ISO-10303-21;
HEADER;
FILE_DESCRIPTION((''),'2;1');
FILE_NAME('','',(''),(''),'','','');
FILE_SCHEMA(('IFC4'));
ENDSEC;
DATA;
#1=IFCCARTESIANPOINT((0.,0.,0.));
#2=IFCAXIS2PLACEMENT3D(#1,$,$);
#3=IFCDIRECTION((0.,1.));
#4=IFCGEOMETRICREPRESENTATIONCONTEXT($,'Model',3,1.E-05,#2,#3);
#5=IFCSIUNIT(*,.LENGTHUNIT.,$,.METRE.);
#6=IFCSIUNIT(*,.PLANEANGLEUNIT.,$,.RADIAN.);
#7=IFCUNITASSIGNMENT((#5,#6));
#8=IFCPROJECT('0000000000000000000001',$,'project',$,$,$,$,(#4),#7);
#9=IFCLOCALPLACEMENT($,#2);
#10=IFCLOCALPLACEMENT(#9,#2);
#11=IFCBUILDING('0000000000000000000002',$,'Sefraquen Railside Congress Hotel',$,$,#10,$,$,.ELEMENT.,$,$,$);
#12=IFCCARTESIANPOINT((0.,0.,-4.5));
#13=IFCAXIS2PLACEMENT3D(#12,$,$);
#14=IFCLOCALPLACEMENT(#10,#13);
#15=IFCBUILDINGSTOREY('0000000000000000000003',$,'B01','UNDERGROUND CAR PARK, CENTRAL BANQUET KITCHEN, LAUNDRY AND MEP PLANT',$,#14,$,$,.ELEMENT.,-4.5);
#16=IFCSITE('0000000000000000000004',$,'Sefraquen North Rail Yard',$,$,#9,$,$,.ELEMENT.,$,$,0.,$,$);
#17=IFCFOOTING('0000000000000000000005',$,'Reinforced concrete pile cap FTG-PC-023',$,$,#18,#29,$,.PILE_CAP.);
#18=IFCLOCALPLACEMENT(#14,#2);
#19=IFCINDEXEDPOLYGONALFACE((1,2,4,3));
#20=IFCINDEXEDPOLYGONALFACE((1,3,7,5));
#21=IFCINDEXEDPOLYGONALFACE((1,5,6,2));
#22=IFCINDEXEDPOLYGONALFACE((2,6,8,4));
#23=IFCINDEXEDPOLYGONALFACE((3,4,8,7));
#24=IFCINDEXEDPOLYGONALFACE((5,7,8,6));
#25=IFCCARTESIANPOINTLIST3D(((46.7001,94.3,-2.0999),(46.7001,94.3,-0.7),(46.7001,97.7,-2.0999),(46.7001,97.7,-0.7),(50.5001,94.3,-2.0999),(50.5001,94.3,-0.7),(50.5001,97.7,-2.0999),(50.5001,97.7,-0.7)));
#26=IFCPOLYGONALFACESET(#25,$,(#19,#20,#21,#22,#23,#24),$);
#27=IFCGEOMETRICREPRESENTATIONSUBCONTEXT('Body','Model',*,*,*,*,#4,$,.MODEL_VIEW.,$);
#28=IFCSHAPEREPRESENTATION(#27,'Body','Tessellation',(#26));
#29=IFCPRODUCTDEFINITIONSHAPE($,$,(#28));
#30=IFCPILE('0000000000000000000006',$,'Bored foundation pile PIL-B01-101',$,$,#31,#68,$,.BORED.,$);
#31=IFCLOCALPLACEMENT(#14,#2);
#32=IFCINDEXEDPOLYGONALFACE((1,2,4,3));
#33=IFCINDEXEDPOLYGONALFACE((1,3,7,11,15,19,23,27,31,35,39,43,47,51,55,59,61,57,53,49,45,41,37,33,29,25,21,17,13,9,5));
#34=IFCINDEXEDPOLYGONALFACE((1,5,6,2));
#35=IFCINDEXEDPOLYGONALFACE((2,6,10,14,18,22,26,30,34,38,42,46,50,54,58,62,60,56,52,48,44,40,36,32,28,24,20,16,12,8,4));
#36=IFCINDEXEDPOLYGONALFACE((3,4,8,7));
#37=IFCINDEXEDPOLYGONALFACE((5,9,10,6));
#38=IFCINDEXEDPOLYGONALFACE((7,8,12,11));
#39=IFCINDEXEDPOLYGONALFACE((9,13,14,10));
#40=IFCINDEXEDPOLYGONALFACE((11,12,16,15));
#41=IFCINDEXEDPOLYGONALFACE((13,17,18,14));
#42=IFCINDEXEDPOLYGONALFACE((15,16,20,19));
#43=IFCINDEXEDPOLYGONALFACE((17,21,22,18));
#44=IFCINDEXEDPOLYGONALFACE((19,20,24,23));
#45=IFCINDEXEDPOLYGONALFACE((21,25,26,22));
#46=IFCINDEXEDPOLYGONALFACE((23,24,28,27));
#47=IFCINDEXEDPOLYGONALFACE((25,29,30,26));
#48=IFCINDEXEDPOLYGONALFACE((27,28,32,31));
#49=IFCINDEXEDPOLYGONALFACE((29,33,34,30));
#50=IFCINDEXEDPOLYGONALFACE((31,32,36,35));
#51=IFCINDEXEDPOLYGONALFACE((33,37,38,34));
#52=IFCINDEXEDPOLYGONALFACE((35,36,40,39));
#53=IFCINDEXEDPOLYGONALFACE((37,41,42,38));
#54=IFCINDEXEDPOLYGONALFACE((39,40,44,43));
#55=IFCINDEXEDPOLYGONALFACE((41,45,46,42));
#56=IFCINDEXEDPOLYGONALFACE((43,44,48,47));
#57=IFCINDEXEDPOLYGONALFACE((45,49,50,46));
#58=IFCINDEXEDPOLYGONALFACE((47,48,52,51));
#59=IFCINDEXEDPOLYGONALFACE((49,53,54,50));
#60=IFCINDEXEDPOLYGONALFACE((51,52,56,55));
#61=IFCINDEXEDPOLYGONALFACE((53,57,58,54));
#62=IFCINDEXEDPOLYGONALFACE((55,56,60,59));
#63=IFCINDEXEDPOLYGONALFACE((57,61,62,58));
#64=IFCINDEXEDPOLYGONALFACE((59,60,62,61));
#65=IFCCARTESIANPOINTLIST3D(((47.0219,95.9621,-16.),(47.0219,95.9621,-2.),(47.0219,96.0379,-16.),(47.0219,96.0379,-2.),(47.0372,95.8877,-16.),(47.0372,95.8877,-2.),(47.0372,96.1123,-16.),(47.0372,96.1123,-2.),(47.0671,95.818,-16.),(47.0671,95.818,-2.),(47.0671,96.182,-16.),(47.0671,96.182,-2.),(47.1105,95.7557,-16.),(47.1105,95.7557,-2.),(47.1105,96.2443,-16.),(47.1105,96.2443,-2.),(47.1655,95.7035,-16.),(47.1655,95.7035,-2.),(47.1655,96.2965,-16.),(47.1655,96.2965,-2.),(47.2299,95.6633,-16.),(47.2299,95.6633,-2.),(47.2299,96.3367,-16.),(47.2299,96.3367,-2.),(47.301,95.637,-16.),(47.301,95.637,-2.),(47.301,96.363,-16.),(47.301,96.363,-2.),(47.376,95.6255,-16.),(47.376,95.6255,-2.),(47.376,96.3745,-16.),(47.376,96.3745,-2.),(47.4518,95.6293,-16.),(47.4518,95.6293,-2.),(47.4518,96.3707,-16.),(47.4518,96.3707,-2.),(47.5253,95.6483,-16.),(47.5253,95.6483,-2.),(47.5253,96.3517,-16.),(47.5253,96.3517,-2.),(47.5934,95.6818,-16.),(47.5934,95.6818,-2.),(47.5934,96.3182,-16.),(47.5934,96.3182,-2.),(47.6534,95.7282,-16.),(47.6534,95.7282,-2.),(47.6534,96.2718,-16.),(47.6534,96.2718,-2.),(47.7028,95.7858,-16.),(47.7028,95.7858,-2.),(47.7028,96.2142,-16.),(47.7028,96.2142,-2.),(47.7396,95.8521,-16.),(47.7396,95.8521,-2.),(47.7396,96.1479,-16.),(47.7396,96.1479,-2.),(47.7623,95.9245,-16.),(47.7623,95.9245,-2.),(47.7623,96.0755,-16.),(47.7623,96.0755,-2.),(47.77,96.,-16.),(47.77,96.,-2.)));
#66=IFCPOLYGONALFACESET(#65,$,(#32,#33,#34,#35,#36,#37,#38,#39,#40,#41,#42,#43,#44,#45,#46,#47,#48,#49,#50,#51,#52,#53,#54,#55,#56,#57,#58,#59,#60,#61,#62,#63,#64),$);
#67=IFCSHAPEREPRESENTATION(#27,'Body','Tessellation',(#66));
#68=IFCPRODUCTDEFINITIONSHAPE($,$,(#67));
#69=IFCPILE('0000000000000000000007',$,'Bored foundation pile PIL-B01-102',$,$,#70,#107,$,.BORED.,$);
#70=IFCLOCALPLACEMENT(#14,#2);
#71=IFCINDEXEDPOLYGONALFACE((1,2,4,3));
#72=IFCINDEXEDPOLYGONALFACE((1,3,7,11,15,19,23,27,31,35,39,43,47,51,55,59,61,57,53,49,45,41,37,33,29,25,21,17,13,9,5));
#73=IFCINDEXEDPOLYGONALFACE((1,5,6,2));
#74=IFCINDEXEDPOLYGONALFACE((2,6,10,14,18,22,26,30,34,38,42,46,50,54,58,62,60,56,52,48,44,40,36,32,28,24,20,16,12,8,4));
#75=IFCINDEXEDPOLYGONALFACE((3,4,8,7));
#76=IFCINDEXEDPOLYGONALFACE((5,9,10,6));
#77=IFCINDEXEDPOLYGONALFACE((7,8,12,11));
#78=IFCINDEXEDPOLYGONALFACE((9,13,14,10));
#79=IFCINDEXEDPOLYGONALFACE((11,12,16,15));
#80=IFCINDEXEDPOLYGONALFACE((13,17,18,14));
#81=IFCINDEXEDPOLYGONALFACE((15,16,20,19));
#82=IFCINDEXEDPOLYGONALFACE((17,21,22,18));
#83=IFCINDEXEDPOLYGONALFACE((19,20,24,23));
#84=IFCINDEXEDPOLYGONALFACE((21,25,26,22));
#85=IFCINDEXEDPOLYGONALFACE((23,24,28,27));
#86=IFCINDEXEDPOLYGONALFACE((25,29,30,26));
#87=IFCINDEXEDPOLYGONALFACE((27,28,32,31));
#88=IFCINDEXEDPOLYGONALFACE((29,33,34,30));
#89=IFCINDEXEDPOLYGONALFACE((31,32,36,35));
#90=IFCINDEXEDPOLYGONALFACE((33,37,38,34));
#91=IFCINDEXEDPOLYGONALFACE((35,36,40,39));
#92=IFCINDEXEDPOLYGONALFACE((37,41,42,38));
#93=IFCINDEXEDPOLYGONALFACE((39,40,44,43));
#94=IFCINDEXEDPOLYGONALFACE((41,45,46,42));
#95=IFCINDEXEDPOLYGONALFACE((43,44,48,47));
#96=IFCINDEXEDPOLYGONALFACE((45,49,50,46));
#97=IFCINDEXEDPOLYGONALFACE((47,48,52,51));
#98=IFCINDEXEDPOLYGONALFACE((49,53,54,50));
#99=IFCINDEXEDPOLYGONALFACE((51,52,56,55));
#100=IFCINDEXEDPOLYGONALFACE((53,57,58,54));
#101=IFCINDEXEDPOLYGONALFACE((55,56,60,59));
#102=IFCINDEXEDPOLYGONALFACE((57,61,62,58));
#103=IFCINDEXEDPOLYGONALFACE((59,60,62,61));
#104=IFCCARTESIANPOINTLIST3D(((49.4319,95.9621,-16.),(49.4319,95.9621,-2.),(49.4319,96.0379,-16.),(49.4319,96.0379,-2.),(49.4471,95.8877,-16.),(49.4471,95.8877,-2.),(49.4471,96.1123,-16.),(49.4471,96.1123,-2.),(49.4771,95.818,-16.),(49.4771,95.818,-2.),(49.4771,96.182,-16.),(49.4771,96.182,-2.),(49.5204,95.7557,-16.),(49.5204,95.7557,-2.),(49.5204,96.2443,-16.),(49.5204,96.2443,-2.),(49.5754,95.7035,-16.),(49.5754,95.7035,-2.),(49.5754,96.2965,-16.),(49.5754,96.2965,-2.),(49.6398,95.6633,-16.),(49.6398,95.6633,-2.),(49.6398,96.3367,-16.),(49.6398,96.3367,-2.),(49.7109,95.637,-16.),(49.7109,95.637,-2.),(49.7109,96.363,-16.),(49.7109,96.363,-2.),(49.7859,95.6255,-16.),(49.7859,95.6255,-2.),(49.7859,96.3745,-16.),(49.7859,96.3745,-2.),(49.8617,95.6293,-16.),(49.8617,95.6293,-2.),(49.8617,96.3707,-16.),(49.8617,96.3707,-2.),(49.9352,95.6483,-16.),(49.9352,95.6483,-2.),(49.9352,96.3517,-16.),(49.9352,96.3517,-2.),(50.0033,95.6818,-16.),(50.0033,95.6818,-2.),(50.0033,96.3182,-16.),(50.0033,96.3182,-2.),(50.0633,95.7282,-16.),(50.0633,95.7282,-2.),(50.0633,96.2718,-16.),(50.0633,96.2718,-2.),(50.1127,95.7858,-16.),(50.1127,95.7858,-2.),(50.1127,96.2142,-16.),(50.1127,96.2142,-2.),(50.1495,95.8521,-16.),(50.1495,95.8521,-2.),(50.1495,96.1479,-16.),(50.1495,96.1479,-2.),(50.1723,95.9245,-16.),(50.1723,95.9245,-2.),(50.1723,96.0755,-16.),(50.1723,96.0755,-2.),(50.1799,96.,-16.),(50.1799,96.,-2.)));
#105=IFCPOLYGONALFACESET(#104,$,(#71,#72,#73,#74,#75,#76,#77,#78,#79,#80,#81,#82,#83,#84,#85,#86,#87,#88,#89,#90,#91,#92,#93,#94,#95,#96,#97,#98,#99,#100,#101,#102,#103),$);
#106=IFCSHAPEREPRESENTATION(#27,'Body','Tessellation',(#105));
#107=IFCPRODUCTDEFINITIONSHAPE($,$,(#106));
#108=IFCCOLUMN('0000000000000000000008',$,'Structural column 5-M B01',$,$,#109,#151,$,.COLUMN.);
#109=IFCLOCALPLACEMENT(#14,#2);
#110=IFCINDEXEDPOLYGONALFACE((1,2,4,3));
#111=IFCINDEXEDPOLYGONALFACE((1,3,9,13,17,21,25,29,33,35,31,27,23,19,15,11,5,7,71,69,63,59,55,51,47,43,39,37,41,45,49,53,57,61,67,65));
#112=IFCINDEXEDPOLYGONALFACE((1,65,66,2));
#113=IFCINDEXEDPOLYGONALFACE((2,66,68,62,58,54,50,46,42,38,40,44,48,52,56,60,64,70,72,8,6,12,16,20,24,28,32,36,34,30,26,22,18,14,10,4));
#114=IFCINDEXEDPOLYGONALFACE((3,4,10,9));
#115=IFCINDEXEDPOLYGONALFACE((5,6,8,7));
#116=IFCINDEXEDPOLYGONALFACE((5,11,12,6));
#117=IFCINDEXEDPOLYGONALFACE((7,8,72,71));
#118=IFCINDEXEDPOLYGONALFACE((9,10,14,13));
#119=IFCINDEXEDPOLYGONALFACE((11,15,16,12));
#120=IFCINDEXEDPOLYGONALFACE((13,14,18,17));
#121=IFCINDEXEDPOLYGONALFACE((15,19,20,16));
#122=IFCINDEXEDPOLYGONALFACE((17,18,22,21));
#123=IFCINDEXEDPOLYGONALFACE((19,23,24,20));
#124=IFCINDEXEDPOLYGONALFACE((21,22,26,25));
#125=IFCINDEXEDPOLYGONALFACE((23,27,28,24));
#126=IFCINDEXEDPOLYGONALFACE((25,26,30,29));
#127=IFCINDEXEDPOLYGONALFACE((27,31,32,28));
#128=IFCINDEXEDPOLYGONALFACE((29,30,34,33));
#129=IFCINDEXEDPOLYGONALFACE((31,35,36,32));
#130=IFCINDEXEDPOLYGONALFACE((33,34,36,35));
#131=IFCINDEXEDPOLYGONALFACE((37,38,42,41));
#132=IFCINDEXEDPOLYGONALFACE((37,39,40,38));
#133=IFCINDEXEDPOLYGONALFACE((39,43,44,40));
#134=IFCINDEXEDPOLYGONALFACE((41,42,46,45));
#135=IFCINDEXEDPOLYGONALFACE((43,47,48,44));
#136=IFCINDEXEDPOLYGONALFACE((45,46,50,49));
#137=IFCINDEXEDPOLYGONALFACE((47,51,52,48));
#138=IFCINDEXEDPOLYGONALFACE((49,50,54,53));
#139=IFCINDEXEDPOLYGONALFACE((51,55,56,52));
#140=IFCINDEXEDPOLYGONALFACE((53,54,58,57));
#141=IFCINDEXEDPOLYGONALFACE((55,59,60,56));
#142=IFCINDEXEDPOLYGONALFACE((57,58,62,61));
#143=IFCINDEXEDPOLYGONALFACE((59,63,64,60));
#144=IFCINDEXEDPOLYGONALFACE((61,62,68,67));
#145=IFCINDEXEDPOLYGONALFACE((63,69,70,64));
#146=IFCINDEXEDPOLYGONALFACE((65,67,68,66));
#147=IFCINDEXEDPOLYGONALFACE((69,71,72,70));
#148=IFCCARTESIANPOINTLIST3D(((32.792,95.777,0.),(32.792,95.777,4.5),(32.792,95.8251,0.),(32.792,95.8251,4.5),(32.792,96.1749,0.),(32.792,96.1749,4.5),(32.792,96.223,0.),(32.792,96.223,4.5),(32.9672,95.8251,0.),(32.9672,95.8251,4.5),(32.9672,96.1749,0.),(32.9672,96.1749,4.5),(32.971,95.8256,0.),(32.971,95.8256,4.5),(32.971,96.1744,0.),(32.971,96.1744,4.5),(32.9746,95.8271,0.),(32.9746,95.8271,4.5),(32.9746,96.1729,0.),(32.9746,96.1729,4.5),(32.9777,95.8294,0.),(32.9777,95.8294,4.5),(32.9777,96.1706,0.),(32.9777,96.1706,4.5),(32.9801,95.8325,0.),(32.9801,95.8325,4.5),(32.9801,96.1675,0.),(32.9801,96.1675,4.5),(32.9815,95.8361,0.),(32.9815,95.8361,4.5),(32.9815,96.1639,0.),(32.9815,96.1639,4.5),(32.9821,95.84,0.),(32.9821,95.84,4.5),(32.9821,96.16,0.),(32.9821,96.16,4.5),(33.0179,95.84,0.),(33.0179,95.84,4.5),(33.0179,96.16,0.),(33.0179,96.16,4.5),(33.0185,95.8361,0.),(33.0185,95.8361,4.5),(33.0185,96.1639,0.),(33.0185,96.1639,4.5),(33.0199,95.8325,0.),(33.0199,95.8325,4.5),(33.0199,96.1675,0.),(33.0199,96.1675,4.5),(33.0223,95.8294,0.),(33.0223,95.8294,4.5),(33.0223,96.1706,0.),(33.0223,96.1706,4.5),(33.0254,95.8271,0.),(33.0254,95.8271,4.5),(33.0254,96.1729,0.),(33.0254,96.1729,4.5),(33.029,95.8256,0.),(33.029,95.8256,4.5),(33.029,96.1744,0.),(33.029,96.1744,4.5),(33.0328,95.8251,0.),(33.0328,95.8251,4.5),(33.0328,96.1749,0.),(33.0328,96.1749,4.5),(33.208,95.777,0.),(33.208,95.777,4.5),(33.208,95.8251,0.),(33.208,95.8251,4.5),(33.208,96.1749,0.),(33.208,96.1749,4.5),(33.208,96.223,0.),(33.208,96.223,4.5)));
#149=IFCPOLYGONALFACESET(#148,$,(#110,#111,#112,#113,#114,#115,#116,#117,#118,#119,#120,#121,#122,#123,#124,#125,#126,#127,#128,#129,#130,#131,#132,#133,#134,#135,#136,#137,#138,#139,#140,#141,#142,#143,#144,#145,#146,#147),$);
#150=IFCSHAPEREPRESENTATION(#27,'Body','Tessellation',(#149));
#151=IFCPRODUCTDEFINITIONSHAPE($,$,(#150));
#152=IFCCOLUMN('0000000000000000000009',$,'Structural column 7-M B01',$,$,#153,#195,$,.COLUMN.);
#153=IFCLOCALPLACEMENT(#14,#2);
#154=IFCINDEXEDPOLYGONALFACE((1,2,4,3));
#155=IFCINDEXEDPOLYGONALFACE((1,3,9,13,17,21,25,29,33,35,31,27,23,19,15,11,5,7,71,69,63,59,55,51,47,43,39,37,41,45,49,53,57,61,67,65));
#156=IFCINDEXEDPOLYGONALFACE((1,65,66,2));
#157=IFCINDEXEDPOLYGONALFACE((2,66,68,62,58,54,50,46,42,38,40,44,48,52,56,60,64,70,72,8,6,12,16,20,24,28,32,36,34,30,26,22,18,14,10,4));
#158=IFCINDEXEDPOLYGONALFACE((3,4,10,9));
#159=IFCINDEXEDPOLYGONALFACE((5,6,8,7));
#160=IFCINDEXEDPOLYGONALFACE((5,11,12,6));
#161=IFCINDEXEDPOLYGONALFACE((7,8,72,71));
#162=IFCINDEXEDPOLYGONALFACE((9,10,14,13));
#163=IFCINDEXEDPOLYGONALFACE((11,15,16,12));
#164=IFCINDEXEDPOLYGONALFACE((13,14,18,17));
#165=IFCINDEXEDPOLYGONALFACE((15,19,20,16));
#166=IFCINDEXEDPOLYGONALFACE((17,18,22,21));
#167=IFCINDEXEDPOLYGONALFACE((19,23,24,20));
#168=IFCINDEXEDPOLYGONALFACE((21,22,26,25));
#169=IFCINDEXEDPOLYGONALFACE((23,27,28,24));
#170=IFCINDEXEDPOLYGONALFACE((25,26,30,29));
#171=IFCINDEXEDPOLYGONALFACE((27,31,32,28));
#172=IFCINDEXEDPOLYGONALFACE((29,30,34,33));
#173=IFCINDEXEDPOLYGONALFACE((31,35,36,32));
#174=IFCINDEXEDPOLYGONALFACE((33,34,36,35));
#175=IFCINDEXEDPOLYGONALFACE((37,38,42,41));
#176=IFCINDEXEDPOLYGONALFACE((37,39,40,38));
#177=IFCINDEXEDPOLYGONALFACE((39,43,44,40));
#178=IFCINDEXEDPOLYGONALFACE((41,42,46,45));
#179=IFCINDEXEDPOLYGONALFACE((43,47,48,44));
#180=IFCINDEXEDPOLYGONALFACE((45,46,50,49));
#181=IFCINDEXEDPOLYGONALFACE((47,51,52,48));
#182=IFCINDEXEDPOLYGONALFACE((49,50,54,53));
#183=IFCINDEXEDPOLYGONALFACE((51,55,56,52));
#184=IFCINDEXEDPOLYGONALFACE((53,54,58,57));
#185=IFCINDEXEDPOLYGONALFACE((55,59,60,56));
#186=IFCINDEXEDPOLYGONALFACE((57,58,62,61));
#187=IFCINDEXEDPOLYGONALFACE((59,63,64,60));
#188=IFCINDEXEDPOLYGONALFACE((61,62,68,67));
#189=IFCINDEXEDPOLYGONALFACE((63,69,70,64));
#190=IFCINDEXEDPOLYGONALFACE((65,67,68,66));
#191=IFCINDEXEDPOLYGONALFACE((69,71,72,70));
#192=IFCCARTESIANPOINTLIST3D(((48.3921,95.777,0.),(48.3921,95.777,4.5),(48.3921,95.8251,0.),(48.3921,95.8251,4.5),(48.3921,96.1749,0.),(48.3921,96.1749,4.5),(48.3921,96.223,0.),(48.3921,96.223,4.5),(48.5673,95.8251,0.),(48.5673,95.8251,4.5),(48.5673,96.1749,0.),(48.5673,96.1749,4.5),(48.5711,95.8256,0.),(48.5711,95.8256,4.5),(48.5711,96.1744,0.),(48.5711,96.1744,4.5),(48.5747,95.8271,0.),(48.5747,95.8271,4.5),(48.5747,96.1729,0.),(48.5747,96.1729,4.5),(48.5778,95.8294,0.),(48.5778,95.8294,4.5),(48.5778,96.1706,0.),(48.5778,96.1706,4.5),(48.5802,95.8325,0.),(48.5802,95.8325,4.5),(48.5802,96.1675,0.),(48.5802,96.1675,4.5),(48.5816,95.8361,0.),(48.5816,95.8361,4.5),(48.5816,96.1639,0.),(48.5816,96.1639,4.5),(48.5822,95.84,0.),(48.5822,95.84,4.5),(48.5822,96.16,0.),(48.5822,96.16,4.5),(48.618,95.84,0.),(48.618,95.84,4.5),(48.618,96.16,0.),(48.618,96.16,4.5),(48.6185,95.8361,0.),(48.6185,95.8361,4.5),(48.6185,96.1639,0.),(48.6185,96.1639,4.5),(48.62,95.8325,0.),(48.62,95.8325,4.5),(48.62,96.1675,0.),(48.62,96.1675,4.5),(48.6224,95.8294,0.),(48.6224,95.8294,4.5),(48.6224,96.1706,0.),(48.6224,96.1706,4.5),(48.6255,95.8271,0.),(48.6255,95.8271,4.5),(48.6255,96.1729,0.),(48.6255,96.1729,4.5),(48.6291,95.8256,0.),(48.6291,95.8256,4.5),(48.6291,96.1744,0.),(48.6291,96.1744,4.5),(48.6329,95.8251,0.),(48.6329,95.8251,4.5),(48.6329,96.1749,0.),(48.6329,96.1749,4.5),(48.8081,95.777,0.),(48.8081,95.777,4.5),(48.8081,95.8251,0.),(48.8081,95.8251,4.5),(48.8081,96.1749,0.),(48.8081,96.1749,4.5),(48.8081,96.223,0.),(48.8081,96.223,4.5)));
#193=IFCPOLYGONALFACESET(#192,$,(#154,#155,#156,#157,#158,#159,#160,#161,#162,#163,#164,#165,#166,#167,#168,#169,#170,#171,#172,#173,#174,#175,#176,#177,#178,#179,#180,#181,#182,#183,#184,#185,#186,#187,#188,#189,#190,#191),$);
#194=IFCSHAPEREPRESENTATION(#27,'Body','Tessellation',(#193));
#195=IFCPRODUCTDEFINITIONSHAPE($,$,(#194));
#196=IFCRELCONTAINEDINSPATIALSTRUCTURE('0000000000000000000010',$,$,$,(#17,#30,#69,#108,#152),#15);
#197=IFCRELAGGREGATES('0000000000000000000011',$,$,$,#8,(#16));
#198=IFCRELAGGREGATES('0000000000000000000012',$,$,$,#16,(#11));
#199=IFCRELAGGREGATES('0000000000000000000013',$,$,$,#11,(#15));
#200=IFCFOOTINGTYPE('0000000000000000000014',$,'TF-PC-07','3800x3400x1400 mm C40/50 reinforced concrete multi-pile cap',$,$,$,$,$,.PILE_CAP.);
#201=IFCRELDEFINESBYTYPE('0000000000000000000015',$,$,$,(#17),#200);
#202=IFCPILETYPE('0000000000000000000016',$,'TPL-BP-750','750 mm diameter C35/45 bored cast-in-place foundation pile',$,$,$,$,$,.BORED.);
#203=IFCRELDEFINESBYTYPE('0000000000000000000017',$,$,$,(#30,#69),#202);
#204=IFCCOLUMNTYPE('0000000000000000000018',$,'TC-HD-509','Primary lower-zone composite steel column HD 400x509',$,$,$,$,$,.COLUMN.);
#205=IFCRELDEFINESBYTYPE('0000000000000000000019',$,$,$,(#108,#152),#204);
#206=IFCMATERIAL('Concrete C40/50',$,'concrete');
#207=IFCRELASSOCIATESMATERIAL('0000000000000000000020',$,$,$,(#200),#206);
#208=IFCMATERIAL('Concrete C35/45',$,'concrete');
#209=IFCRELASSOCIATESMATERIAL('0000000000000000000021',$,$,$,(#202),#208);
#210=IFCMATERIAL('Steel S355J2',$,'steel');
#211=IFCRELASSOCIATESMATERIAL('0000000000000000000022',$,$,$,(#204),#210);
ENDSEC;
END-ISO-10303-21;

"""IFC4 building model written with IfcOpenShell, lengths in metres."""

from ifc_helpers import new_model, si_unit, direction, frame, origin, origin_2d, place, context, subcontext, project, spatial, rectangle, circle, i_section, extrude, material, material_profile, profile_set, type_object, element, save


model = new_model("IFC4")

# Units and contexts
model_context = context("Model", 3, precision=1e-05, world=origin(), true_north=direction((0.0, 1.0)))
body_context = subcontext(model_context, "Body", "Model", "MODEL_VIEW")
ifc_project = project(units=[si_unit("LENGTHUNIT", "METRE"), si_unit("PLANEANGLEUNIT", "RADIAN")], contexts=[model_context])

# Site, building, storey
site_placement = place(None, origin())
site = spatial("IfcSite", under=ifc_project, at=site_placement, Name="Sefraquen North Rail Yard", CompositionType="ELEMENT", RefElevation=0.0)
building_placement = place(site_placement, origin())
building = spatial("IfcBuilding", under=site, at=building_placement, Name="Sefraquen Railside Congress Hotel", CompositionType="ELEMENT")
storey_placement = place(building_placement, frame((0.0, 0.0, -4.5)))
storey = spatial("IfcBuildingStorey", under=building, at=storey_placement, Name="B01", Description="UNDERGROUND CAR PARK, CENTRAL BANQUET KITCHEN, LAUNDRY AND MEP PLANT", CompositionType="ELEMENT", Elevation=-4.5)

# Footing
ifc_material_1 = material(Name="Concrete C40/50", Category="concrete")
footing_type = type_object("IfcFootingType", Name="TF-PC-07", Description="3800x3400x1400 mm C40/50 reinforced concrete multi-pile cap", PredefinedType="PILE_CAP", material=ifc_material_1)
footing_placement = place(storey_placement, frame((48.6001, 96.0, -2.0999), z_axis=(0.0, 0.0, 1.0), x_axis=(1.0, 0.0, 0.0)))
element("IfcFooting", 1, at=footing_placement, inside=storey, type_object=footing_type, Name="Reinforced concrete pile cap FTG-PC-023", PredefinedType="PILE_CAP", context=body_context, shape_type="SweptSolid", body=[
    extrude(rectangle(XDim=3.8, YDim=3.3999, at=origin_2d()), origin(), (0.0, 0.0, 1.0), 1.3999),
])

# Piles
ifc_material_2 = material(Name="Concrete C35/45", Category="concrete")
ifc_material_profile_1 = material_profile(ifc_material_2, circle(Radius=0.375, at=origin_2d()), Name="BORED PILE 750")
ifc_profile_set_1 = profile_set([ifc_material_profile_1], Name="Concrete C35/45")
pile_type = type_object("IfcPileType", Name="TPL-BP-750", Description="750 mm diameter C35/45 bored cast-in-place foundation pile", PredefinedType="BORED", material=ifc_profile_set_1)
for number, where, z_axis, x_axis, name in (
    (2, (47.395, 96.0, -2.0), (0.0, 0.0, -1.0), (1.0, 0.0, 0.0), "Bored foundation pile PIL-B01-101"),
    (3, (49.8049, 96.0, -2.0), (0.0, 0.0, -1.0), (1.0, 0.0, 0.0), "Bored foundation pile PIL-B01-102"),
):
    element("IfcPile", number, at=place(storey_placement, frame(where, z_axis=z_axis, x_axis=x_axis)), inside=storey, type_object=pile_type, Name=name, PredefinedType="BORED", context=body_context, shape_type="SweptSolid", body=[
        extrude(circle(Radius=0.375, at=origin_2d()), origin(), (0.0, 0.0, 1.0), 14.0),
    ])

# Columns
ifc_material_3 = material(Name="Steel S355J2", Category="steel")
ifc_material_profile_2 = material_profile(ifc_material_3, i_section(OverallWidth=0.416, OverallDepth=0.446, WebThickness=0.0359, FlangeThickness=0.0481, FilletRadius=0.0149, at=origin_2d()), Name="HD 400x509")
ifc_profile_set_2 = profile_set([ifc_material_profile_2], Name="Steel S355J2")
column_type_1 = type_object("IfcColumnType", Name="TC-HD-509", Description="Primary lower-zone composite steel column HD 400x509", PredefinedType="COLUMN", material=ifc_profile_set_2)
for number, where, z_axis, x_axis, name in (
    (4, (33.0, 96.0, 0.0), (0.0, 0.0, 1.0), (1.0, 0.0, 0.0), "Structural column 5-M B01"),
    (5, (48.6001, 96.0, 0.0), (0.0, 0.0, 1.0), (1.0, 0.0, 0.0), "Structural column 7-M B01"),
):
    element("IfcColumn", number, at=place(storey_placement, frame(where, z_axis=z_axis, x_axis=x_axis)), inside=storey, type_object=column_type_1, Name=name, PredefinedType="COLUMN", context=body_context, shape_type="SweptSolid", body=[
        extrude(i_section(OverallWidth=0.416, OverallDepth=0.446, WebThickness=0.0359, FlangeThickness=0.0481, FilletRadius=0.0149, at=origin_2d()), origin(), (0.0, 0.0, 1.0), 4.5),
    ])

save(model, "model.ifc")
